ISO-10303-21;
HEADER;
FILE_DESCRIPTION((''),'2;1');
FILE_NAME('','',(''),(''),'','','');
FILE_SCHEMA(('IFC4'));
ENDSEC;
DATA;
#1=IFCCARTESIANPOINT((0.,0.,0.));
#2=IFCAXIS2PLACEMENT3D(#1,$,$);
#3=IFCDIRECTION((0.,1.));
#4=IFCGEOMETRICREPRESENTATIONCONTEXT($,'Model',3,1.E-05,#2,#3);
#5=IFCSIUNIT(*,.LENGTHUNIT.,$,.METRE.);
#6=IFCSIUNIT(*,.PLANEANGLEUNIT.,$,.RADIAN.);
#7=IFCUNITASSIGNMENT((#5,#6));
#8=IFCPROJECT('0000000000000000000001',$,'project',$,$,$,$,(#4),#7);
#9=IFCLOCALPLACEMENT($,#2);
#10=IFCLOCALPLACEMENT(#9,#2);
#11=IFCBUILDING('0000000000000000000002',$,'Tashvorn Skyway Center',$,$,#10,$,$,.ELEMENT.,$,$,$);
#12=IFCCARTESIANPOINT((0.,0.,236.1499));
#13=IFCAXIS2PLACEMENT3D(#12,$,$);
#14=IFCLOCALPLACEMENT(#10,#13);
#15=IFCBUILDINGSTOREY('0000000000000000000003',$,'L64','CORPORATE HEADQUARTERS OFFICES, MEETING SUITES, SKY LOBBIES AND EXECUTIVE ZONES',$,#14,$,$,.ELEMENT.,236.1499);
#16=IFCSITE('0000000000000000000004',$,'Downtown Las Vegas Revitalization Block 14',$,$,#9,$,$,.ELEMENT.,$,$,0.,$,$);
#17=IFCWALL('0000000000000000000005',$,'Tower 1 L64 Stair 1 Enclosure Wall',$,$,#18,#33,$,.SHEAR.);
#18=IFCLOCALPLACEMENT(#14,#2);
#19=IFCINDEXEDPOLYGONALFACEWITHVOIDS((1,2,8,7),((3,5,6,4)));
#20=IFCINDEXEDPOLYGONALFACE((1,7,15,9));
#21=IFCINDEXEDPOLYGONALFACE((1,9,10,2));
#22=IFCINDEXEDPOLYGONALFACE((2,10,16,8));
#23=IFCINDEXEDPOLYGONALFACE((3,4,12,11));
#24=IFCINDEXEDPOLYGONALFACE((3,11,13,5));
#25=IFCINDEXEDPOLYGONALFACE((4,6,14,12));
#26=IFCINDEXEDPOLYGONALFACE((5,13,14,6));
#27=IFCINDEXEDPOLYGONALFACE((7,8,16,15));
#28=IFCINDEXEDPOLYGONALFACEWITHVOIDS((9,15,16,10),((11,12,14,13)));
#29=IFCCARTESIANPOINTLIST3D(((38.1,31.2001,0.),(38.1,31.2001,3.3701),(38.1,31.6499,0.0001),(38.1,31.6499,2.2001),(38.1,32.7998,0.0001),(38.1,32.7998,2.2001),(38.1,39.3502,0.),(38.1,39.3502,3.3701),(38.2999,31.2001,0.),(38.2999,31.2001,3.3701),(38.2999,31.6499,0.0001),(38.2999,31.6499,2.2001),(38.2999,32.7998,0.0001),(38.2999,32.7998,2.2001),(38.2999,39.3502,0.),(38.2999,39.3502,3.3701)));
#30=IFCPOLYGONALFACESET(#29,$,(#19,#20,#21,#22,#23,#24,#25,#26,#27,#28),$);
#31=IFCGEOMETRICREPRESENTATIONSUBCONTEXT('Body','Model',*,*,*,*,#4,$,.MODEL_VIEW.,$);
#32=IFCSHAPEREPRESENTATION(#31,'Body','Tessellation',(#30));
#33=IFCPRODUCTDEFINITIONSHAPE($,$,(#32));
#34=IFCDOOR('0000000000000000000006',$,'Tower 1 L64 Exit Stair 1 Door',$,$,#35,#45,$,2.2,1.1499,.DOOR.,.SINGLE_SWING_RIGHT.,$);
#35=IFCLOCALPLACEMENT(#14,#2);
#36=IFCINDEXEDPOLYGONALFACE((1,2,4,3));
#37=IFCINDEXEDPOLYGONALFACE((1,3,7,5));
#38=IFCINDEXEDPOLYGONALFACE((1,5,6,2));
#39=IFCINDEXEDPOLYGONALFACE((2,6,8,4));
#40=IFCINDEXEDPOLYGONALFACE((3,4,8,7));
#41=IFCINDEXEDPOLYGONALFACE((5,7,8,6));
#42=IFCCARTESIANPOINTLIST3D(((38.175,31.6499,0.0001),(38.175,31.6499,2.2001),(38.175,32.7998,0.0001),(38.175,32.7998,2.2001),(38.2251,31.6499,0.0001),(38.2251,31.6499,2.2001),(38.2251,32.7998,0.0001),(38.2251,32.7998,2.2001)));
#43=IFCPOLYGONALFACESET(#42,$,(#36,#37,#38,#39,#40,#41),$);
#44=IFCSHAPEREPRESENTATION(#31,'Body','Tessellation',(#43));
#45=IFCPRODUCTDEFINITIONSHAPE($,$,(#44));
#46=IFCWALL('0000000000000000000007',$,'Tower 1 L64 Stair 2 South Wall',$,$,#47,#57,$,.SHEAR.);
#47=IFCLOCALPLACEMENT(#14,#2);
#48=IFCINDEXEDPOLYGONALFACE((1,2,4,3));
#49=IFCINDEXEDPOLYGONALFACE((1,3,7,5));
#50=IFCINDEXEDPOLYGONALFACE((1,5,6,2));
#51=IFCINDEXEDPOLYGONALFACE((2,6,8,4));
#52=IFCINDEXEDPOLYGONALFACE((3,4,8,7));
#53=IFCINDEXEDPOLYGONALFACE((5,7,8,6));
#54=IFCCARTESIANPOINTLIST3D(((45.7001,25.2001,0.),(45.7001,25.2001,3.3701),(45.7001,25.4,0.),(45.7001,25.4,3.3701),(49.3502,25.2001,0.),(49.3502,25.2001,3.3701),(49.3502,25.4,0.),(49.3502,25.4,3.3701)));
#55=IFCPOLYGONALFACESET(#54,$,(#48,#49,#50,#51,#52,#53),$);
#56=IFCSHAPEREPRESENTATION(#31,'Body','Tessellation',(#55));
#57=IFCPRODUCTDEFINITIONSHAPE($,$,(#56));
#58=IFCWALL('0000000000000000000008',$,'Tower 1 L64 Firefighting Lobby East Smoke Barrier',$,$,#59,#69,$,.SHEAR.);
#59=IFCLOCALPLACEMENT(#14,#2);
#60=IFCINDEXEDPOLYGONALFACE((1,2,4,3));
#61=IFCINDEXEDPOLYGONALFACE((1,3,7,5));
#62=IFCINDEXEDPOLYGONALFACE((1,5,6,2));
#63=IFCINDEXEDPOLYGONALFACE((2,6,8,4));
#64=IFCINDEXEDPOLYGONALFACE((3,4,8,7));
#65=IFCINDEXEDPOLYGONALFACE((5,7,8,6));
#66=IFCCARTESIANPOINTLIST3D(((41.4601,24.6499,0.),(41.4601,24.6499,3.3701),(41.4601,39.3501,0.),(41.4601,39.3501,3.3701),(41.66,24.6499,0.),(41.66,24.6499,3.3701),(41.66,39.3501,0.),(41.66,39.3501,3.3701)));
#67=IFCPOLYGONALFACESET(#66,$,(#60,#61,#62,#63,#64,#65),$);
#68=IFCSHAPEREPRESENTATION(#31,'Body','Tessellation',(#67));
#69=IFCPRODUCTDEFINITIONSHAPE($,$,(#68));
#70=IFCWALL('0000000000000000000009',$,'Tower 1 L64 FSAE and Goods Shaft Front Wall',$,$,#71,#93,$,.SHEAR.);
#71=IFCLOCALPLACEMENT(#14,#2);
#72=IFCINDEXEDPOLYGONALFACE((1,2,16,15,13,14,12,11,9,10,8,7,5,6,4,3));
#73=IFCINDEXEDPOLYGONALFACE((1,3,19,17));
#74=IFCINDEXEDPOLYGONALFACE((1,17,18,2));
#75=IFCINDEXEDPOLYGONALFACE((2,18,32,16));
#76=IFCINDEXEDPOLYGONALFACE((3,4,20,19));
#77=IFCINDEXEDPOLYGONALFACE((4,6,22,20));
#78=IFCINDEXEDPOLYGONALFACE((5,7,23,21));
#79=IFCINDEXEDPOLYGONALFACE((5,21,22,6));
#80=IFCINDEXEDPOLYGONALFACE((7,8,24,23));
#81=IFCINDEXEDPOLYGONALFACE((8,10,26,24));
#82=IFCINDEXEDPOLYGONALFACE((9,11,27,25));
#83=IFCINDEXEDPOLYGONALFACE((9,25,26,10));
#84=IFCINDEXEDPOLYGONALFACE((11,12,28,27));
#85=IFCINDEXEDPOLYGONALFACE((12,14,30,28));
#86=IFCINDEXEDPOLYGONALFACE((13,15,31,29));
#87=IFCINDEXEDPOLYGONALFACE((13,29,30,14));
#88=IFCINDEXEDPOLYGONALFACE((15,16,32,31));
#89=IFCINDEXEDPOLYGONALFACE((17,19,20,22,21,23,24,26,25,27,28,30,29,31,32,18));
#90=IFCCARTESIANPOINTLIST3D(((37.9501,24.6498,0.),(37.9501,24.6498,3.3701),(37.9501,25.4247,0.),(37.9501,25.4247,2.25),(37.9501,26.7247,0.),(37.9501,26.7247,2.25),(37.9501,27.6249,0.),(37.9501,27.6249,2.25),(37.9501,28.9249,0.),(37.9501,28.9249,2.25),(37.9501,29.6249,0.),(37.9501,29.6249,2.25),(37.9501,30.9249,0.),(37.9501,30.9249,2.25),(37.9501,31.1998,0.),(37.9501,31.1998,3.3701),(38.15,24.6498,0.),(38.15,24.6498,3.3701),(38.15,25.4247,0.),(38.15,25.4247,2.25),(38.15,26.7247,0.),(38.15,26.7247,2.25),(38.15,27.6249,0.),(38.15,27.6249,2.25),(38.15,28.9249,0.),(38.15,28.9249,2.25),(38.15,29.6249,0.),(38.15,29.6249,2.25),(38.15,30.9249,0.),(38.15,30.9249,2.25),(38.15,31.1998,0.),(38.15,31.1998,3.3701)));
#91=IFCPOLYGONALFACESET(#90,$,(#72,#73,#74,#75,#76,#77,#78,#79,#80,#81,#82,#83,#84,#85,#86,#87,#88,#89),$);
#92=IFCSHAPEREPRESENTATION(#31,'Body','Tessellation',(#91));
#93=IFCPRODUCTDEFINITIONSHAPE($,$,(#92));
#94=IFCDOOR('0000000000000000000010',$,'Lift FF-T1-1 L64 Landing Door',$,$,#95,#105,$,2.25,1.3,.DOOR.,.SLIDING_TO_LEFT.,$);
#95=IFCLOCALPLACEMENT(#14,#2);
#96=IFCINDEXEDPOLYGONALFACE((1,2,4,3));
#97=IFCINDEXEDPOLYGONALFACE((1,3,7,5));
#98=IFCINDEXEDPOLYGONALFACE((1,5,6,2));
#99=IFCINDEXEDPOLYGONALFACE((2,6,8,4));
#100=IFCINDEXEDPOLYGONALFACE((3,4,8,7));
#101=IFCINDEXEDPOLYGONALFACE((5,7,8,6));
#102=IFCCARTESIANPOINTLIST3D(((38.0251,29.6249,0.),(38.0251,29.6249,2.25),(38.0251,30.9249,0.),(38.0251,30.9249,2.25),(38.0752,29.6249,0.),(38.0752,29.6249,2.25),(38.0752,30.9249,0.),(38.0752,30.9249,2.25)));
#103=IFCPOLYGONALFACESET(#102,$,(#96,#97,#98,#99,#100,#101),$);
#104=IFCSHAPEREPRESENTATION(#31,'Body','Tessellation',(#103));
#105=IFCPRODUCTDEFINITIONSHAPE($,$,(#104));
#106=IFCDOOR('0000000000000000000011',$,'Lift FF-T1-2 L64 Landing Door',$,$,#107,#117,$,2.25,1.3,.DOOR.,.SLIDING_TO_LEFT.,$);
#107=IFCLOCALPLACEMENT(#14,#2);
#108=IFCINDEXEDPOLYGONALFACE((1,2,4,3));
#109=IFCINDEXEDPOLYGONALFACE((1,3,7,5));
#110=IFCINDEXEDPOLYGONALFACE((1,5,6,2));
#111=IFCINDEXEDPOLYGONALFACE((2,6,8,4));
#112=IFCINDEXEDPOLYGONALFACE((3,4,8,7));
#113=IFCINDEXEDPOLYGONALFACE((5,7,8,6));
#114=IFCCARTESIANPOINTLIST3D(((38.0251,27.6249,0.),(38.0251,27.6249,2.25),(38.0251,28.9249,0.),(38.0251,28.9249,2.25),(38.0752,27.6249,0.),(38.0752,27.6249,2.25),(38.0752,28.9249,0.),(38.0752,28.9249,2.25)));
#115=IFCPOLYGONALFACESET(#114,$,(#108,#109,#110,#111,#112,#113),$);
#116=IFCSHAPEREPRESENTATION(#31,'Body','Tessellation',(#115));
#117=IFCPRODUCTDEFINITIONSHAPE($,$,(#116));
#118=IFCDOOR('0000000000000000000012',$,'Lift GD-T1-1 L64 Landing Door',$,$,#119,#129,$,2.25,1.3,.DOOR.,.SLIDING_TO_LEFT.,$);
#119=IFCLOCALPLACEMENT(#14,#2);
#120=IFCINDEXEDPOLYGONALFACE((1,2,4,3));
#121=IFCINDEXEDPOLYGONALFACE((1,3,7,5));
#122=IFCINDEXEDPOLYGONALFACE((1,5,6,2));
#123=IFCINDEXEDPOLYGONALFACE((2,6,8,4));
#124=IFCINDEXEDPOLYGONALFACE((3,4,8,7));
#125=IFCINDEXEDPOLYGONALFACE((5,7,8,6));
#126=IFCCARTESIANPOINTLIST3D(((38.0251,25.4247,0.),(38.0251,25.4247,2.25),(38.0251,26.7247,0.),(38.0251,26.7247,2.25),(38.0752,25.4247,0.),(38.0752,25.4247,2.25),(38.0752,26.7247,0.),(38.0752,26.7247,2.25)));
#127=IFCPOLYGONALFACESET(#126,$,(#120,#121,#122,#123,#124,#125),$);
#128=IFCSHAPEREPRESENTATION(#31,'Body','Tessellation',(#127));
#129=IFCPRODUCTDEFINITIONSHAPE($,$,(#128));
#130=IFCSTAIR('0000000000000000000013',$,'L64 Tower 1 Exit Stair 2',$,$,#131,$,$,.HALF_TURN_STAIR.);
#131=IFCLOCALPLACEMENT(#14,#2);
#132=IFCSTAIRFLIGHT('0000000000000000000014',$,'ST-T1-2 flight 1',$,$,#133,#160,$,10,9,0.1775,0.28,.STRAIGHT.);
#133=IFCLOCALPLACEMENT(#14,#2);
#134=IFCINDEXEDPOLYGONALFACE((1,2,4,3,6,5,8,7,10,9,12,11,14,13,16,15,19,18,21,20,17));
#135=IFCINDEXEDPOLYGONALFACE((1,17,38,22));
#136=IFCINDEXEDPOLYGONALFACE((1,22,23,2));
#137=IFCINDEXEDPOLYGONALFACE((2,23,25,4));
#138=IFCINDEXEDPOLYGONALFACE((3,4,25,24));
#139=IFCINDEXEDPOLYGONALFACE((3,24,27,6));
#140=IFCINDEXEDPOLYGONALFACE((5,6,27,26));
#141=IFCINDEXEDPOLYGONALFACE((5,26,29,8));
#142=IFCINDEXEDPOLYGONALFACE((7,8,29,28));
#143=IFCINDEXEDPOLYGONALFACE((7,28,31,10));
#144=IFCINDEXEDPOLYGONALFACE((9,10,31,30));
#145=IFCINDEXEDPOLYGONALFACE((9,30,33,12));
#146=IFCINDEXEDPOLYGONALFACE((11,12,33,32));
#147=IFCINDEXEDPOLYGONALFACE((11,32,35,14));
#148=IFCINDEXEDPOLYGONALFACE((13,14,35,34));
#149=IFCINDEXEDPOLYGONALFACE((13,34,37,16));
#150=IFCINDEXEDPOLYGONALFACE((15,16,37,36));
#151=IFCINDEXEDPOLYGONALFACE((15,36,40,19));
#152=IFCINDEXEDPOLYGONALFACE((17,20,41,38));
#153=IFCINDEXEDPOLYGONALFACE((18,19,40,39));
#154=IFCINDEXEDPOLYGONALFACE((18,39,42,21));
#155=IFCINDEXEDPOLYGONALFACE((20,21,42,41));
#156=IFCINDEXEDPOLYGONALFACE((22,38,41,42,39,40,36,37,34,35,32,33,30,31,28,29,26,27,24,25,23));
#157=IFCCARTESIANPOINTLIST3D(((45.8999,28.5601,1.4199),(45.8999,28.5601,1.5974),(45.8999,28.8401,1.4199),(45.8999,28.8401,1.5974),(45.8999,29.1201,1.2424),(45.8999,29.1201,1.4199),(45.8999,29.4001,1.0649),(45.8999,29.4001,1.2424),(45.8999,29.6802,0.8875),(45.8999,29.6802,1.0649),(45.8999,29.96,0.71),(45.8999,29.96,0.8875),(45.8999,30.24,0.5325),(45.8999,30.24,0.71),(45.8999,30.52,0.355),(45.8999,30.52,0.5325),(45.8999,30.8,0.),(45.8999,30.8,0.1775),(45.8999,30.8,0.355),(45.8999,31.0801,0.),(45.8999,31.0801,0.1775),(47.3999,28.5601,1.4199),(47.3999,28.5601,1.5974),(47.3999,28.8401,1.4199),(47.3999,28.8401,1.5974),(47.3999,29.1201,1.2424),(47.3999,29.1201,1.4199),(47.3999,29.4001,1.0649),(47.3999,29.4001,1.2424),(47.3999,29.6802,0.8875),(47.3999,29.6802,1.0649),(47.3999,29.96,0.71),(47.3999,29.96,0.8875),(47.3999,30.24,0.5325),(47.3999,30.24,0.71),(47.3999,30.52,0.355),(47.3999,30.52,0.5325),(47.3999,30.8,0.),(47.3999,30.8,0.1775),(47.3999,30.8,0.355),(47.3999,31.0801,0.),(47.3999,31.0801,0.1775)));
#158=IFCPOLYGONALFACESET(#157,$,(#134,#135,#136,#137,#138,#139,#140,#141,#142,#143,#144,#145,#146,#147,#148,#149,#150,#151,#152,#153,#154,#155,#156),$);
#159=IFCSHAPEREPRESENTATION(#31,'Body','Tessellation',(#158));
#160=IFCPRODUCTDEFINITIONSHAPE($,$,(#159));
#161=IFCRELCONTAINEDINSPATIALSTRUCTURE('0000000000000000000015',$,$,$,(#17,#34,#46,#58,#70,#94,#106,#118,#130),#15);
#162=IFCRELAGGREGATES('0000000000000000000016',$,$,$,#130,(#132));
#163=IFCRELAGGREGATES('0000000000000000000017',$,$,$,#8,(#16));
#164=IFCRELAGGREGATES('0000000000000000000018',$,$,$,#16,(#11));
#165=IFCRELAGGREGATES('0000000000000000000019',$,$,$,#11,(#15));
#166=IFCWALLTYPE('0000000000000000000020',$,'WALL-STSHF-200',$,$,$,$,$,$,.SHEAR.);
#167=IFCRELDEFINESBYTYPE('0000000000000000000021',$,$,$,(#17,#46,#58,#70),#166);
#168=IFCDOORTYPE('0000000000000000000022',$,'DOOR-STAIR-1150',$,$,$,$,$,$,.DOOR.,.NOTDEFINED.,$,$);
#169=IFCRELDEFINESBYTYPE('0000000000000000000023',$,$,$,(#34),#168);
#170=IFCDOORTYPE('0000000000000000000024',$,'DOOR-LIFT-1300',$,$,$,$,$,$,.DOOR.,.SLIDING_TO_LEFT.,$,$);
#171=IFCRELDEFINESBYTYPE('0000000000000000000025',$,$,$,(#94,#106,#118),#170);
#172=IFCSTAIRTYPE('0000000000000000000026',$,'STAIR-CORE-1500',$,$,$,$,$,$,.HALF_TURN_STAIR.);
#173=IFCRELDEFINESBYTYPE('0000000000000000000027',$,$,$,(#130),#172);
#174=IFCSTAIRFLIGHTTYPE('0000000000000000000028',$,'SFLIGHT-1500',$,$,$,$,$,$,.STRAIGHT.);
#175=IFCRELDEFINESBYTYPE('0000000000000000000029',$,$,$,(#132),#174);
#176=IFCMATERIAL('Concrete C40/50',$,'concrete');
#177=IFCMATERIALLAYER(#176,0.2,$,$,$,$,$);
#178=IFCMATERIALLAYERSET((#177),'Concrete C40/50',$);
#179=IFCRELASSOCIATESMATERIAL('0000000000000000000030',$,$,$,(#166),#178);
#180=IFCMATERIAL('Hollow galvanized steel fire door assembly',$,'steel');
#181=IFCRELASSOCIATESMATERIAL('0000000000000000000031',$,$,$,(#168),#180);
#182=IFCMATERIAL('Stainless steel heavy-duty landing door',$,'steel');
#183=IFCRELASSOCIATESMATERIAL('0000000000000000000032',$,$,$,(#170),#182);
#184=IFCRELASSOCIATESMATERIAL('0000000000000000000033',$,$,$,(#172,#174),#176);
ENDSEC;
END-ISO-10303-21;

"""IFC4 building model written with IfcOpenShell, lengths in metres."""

from ifc_helpers import new_model, si_unit, direction, frame, frame_2d, origin, place, context, subcontext, project, spatial, polyline, rectangle, outline, extrude, material, layer, layer_set, type_object, element, fill, aggregate, save


model = new_model("IFC4")

# Units and contexts
model_context = context("Model", 3, precision=1e-05, world=origin(), true_north=direction((0.0, 1.0)))
body_context = subcontext(model_context, "Body", "Model", "MODEL_VIEW")
ifc_project = project(units=[si_unit("LENGTHUNIT", "METRE"), si_unit("PLANEANGLEUNIT", "RADIAN")], contexts=[model_context])

# Site, building, storey
site_placement = place(None, origin())
site = spatial("IfcSite", under=ifc_project, at=site_placement, Name="Downtown Las Vegas Revitalization Block 14", CompositionType="ELEMENT", RefElevation=0.0)
building_placement = place(site_placement, origin())
building = spatial("IfcBuilding", under=site, at=building_placement, Name="Tashvorn Skyway Center", CompositionType="ELEMENT")
storey_placement = place(building_placement, frame((0.0, 0.0, 236.1499)))
storey = spatial("IfcBuildingStorey", under=building, at=storey_placement, Name="L64", Description="CORPORATE HEADQUARTERS OFFICES, MEETING SUITES, SKY LOBBIES AND EXECUTIVE ZONES", CompositionType="ELEMENT", Elevation=236.1499)

# Shared definitions
ifc_material_1 = material(Name="Concrete C40/50", Category="concrete")
ifc_material_2 = material(Name="Hollow galvanized steel fire door assembly", Category="steel")

# Wall, opening, door
ifc_layer_1 = layer(ifc_material_1, 0.2)
ifc_layer_set_1 = layer_set([ifc_layer_1], Name="Concrete C40/50")
wall_type_1 = type_object("IfcWallType", Name="WALL-STSHF-200", PredefinedType="SHEAR", material=ifc_layer_set_1)
wall_1_placement = place(storey_placement, frame((38.2, 31.2, 0.0), z_axis=(0.0, 0.0, 1.0), x_axis=(0.0, 1.0, 0.0)))
wall_1 = element("IfcWall", 1, at=wall_1_placement, inside=storey, type_object=wall_type_1, Name="Tower 1 L64 Stair 1 Enclosure Wall", PredefinedType="SHEAR", context=body_context, shape_type="SweptSolid", body=[
    extrude(rectangle(XDim=8.1501, YDim=0.2, at=frame_2d((4.0752, 0.0))), origin(), (0.0, 0.0, 1.0), 3.3701),
])
opening_1_placement = place(wall_1_placement, frame((0.45, 0.0, 0.0)))
opening_1 = element("IfcOpeningElement", 2, at=opening_1_placement, cuts=wall_1, PredefinedType="OPENING", context=body_context, shape_type="SweptSolid", body=[
    extrude(rectangle(XDim=1.1499, YDim=2.2, at=frame_2d((0.575, 1.1001))), frame((0.0, 0.1099, 0.0), z_axis=(0.0, -1.0, 0.0), x_axis=(1.0, 0.0, 0.0)), (0.0, 0.0, 1.0), 0.22),
])
door_type_1 = type_object("IfcDoorType", Name="DOOR-STAIR-1150", OperationType="NOTDEFINED", PredefinedType="DOOR", material=ifc_material_2)
door_1_placement = place(opening_1_placement, origin())
door_1 = element("IfcDoor", 3, at=door_1_placement, inside=storey, type_object=door_type_1, Name="Tower 1 L64 Exit Stair 1 Door", OperationType="SINGLE_SWING_RIGHT", OverallHeight=2.2, OverallWidth=1.1499, PredefinedType="DOOR", context=body_context, shape_type="SweptSolid", body=[
    extrude(rectangle(XDim=1.1499, YDim=2.2, at=frame_2d((0.575, 1.1001))), frame((0.0, 0.0249, 0.0), z_axis=(0.0, -1.0, 0.0), x_axis=(1.0, 0.0, 0.0)), (0.0, 0.0, 1.0), 0.05),
])
fill(opening_1, door_1)

# Walls
wall_2_placement = place(storey_placement, frame((45.7, 25.3, 0.0), z_axis=(0.0, 0.0, 1.0), x_axis=(1.0, 0.0, 0.0)))
element("IfcWall", 4, at=wall_2_placement, inside=storey, type_object=wall_type_1, Name="Tower 1 L64 Stair 2 South Wall", PredefinedType="SHEAR", context=body_context, shape_type="SweptSolid", body=[
    extrude(rectangle(XDim=3.6501, YDim=0.2, at=frame_2d((1.8252, 0.0))), origin(), (0.0, 0.0, 1.0), 3.3701),
])
wall_3_placement = place(storey_placement, frame((41.5601, 24.6499, 0.0), z_axis=(0.0, 0.0, 1.0), x_axis=(0.0, 1.0, 0.0)))
element("IfcWall", 5, at=wall_3_placement, inside=storey, type_object=wall_type_1, Name="Tower 1 L64 Firefighting Lobby East Smoke Barrier", PredefinedType="SHEAR", context=body_context, shape_type="SweptSolid", body=[
    extrude(rectangle(XDim=14.7002, YDim=0.2, at=frame_2d((7.3501, 0.0))), origin(), (0.0, 0.0, 1.0), 3.3701),
])

# Wall, openings, doors
wall_4_placement = place(storey_placement, frame((38.05, 24.6499, 0.0), z_axis=(0.0, 0.0, 1.0), x_axis=(0.0, 1.0, 0.0)))
wall_4 = element("IfcWall", 6, at=wall_4_placement, inside=storey, type_object=wall_type_1, Name="Tower 1 L64 FSAE and Goods Shaft Front Wall", PredefinedType="SHEAR", context=body_context, shape_type="SweptSolid", body=[
    extrude(rectangle(XDim=6.55, YDim=0.2, at=frame_2d((3.2749, 0.0))), origin(), (0.0, 0.0, 1.0), 3.3701),
])
opening_2_placement = place(wall_4_placement, frame((4.9751, 0.0, 0.0)))
opening_2 = element("IfcOpeningElement", 7, at=opening_2_placement, cuts=wall_4, PredefinedType="OPENING", context=body_context, shape_type="SweptSolid", body=[
    extrude(rectangle(XDim=1.3, YDim=2.25, at=frame_2d((0.6499, 1.125))), frame((0.0, 0.1099, 0.0), z_axis=(0.0, -1.0, 0.0), x_axis=(1.0, 0.0, 0.0)), (0.0, 0.0, 1.0), 0.22),
])
opening_3_placement = place(wall_4_placement, frame((2.9751, 0.0, 0.0)))
opening_3 = element("IfcOpeningElement", 8, at=opening_3_placement, cuts=wall_4, PredefinedType="OPENING", context=body_context, shape_type="SweptSolid", body=[
    extrude(rectangle(XDim=1.3, YDim=2.25, at=frame_2d((0.6499, 1.125))), frame((0.0, 0.1099, 0.0), z_axis=(0.0, -1.0, 0.0), x_axis=(1.0, 0.0, 0.0)), (0.0, 0.0, 1.0), 0.22),
])
opening_4_placement = place(wall_4_placement, frame((0.7749, 0.0, 0.0)))
opening_4 = element("IfcOpeningElement", 9, at=opening_4_placement, cuts=wall_4, PredefinedType="OPENING", context=body_context, shape_type="SweptSolid", body=[
    extrude(rectangle(XDim=1.3, YDim=2.25, at=frame_2d((0.6499, 1.125))), frame((0.0, 0.1099, 0.0), z_axis=(0.0, -1.0, 0.0), x_axis=(1.0, 0.0, 0.0)), (0.0, 0.0, 1.0), 0.22),
])
ifc_material_3 = material(Name="Stainless steel heavy-duty landing door", Category="steel")
door_type_2 = type_object("IfcDoorType", Name="DOOR-LIFT-1300", OperationType="SLIDING_TO_LEFT", PredefinedType="DOOR", material=ifc_material_3)
door_2_placement = place(opening_2_placement, origin())
door_2 = element("IfcDoor", 10, at=door_2_placement, inside=storey, type_object=door_type_2, Name="Lift FF-T1-1 L64 Landing Door", OperationType="SLIDING_TO_LEFT", OverallHeight=2.25, OverallWidth=1.3, PredefinedType="DOOR", context=body_context, shape_type="SweptSolid", body=[
    extrude(rectangle(XDim=1.3, YDim=2.25, at=frame_2d((0.6499, 1.125))), frame((0.0, 0.0249, 0.0), z_axis=(0.0, -1.0, 0.0), x_axis=(1.0, 0.0, 0.0)), (0.0, 0.0, 1.0), 0.05),
])
fill(opening_2, door_2)
door_3_placement = place(opening_3_placement, origin())
door_3 = element("IfcDoor", 11, at=door_3_placement, inside=storey, type_object=door_type_2, Name="Lift FF-T1-2 L64 Landing Door", OperationType="SLIDING_TO_LEFT", OverallHeight=2.25, OverallWidth=1.3, PredefinedType="DOOR", context=body_context, shape_type="SweptSolid", body=[
    extrude(rectangle(XDim=1.3, YDim=2.25, at=frame_2d((0.6499, 1.125))), frame((0.0, 0.0249, 0.0), z_axis=(0.0, -1.0, 0.0), x_axis=(1.0, 0.0, 0.0)), (0.0, 0.0, 1.0), 0.05),
])
fill(opening_3, door_3)
door_4_placement = place(opening_4_placement, origin())
door_4 = element("IfcDoor", 12, at=door_4_placement, inside=storey, type_object=door_type_2, Name="Lift GD-T1-1 L64 Landing Door", OperationType="SLIDING_TO_LEFT", OverallHeight=2.25, OverallWidth=1.3, PredefinedType="DOOR", context=body_context, shape_type="SweptSolid", body=[
    extrude(rectangle(XDim=1.3, YDim=2.25, at=frame_2d((0.6499, 1.125))), frame((0.0, 0.0249, 0.0), z_axis=(0.0, -1.0, 0.0), x_axis=(1.0, 0.0, 0.0)), (0.0, 0.0, 1.0), 0.05),
])
fill(opening_4, door_4)

# Stair, stair flight
stair_type = type_object("IfcStairType", Name="STAIR-CORE-1500", PredefinedType="HALF_TURN_STAIR", material=ifc_material_1)
stair_placement = place(storey_placement, origin())
stair = element("IfcStair", 13, at=stair_placement, inside=storey, type_object=stair_type, Name="L64 Tower 1 Exit Stair 2", PredefinedType="HALF_TURN_STAIR")
stair_flight_type = type_object("IfcStairFlightType", Name="SFLIGHT-1500", PredefinedType="STRAIGHT", material=ifc_material_1)
stair_flight_placement = place(storey_placement, frame((46.6499, 31.0801, 0.0), z_axis=(0.0, 0.0, 1.0), x_axis=(0.0, -1.0, 0.0)))
stair_flight = element("IfcStairFlight", 14, at=stair_flight_placement, type_object=stair_flight_type, Name="ST-T1-2 flight 1", NumberOfRisers=10, NumberOfTreads=9, PredefinedType="STRAIGHT", RiserHeight=0.1775, TreadLength=0.28, context=body_context, shape_type="SweptSolid", body=[
    extrude(outline(polyline([(0.0, 0.0), (0.0, 0.1775), (0.28, 0.1775), (0.28, 0.355), (0.5601, 0.355), (0.5601, 0.5325), (0.8401, 0.5325), (0.8401, 0.71), (1.1201, 0.71), (1.1201, 0.8875), (1.3999, 0.8875), (1.3999, 1.0649), (1.6799, 1.0649), (1.6799, 1.2424), (1.96, 1.2424), (1.96, 1.4199), (2.24, 1.4199), (2.24, 1.5974), (2.52, 1.5974), (2.52, 1.7749), (2.52, 1.4199), (0.28, 0.0), (0.0, 0.0)])), frame((0.0, 0.75, 0.0), z_axis=(0.0, -1.0, 0.0), x_axis=(1.0, 0.0, 0.0)), (0.0, 0.0, 1.0), 1.5),
])
aggregate(stair, [stair_flight])

save(model, "model.ifc")
